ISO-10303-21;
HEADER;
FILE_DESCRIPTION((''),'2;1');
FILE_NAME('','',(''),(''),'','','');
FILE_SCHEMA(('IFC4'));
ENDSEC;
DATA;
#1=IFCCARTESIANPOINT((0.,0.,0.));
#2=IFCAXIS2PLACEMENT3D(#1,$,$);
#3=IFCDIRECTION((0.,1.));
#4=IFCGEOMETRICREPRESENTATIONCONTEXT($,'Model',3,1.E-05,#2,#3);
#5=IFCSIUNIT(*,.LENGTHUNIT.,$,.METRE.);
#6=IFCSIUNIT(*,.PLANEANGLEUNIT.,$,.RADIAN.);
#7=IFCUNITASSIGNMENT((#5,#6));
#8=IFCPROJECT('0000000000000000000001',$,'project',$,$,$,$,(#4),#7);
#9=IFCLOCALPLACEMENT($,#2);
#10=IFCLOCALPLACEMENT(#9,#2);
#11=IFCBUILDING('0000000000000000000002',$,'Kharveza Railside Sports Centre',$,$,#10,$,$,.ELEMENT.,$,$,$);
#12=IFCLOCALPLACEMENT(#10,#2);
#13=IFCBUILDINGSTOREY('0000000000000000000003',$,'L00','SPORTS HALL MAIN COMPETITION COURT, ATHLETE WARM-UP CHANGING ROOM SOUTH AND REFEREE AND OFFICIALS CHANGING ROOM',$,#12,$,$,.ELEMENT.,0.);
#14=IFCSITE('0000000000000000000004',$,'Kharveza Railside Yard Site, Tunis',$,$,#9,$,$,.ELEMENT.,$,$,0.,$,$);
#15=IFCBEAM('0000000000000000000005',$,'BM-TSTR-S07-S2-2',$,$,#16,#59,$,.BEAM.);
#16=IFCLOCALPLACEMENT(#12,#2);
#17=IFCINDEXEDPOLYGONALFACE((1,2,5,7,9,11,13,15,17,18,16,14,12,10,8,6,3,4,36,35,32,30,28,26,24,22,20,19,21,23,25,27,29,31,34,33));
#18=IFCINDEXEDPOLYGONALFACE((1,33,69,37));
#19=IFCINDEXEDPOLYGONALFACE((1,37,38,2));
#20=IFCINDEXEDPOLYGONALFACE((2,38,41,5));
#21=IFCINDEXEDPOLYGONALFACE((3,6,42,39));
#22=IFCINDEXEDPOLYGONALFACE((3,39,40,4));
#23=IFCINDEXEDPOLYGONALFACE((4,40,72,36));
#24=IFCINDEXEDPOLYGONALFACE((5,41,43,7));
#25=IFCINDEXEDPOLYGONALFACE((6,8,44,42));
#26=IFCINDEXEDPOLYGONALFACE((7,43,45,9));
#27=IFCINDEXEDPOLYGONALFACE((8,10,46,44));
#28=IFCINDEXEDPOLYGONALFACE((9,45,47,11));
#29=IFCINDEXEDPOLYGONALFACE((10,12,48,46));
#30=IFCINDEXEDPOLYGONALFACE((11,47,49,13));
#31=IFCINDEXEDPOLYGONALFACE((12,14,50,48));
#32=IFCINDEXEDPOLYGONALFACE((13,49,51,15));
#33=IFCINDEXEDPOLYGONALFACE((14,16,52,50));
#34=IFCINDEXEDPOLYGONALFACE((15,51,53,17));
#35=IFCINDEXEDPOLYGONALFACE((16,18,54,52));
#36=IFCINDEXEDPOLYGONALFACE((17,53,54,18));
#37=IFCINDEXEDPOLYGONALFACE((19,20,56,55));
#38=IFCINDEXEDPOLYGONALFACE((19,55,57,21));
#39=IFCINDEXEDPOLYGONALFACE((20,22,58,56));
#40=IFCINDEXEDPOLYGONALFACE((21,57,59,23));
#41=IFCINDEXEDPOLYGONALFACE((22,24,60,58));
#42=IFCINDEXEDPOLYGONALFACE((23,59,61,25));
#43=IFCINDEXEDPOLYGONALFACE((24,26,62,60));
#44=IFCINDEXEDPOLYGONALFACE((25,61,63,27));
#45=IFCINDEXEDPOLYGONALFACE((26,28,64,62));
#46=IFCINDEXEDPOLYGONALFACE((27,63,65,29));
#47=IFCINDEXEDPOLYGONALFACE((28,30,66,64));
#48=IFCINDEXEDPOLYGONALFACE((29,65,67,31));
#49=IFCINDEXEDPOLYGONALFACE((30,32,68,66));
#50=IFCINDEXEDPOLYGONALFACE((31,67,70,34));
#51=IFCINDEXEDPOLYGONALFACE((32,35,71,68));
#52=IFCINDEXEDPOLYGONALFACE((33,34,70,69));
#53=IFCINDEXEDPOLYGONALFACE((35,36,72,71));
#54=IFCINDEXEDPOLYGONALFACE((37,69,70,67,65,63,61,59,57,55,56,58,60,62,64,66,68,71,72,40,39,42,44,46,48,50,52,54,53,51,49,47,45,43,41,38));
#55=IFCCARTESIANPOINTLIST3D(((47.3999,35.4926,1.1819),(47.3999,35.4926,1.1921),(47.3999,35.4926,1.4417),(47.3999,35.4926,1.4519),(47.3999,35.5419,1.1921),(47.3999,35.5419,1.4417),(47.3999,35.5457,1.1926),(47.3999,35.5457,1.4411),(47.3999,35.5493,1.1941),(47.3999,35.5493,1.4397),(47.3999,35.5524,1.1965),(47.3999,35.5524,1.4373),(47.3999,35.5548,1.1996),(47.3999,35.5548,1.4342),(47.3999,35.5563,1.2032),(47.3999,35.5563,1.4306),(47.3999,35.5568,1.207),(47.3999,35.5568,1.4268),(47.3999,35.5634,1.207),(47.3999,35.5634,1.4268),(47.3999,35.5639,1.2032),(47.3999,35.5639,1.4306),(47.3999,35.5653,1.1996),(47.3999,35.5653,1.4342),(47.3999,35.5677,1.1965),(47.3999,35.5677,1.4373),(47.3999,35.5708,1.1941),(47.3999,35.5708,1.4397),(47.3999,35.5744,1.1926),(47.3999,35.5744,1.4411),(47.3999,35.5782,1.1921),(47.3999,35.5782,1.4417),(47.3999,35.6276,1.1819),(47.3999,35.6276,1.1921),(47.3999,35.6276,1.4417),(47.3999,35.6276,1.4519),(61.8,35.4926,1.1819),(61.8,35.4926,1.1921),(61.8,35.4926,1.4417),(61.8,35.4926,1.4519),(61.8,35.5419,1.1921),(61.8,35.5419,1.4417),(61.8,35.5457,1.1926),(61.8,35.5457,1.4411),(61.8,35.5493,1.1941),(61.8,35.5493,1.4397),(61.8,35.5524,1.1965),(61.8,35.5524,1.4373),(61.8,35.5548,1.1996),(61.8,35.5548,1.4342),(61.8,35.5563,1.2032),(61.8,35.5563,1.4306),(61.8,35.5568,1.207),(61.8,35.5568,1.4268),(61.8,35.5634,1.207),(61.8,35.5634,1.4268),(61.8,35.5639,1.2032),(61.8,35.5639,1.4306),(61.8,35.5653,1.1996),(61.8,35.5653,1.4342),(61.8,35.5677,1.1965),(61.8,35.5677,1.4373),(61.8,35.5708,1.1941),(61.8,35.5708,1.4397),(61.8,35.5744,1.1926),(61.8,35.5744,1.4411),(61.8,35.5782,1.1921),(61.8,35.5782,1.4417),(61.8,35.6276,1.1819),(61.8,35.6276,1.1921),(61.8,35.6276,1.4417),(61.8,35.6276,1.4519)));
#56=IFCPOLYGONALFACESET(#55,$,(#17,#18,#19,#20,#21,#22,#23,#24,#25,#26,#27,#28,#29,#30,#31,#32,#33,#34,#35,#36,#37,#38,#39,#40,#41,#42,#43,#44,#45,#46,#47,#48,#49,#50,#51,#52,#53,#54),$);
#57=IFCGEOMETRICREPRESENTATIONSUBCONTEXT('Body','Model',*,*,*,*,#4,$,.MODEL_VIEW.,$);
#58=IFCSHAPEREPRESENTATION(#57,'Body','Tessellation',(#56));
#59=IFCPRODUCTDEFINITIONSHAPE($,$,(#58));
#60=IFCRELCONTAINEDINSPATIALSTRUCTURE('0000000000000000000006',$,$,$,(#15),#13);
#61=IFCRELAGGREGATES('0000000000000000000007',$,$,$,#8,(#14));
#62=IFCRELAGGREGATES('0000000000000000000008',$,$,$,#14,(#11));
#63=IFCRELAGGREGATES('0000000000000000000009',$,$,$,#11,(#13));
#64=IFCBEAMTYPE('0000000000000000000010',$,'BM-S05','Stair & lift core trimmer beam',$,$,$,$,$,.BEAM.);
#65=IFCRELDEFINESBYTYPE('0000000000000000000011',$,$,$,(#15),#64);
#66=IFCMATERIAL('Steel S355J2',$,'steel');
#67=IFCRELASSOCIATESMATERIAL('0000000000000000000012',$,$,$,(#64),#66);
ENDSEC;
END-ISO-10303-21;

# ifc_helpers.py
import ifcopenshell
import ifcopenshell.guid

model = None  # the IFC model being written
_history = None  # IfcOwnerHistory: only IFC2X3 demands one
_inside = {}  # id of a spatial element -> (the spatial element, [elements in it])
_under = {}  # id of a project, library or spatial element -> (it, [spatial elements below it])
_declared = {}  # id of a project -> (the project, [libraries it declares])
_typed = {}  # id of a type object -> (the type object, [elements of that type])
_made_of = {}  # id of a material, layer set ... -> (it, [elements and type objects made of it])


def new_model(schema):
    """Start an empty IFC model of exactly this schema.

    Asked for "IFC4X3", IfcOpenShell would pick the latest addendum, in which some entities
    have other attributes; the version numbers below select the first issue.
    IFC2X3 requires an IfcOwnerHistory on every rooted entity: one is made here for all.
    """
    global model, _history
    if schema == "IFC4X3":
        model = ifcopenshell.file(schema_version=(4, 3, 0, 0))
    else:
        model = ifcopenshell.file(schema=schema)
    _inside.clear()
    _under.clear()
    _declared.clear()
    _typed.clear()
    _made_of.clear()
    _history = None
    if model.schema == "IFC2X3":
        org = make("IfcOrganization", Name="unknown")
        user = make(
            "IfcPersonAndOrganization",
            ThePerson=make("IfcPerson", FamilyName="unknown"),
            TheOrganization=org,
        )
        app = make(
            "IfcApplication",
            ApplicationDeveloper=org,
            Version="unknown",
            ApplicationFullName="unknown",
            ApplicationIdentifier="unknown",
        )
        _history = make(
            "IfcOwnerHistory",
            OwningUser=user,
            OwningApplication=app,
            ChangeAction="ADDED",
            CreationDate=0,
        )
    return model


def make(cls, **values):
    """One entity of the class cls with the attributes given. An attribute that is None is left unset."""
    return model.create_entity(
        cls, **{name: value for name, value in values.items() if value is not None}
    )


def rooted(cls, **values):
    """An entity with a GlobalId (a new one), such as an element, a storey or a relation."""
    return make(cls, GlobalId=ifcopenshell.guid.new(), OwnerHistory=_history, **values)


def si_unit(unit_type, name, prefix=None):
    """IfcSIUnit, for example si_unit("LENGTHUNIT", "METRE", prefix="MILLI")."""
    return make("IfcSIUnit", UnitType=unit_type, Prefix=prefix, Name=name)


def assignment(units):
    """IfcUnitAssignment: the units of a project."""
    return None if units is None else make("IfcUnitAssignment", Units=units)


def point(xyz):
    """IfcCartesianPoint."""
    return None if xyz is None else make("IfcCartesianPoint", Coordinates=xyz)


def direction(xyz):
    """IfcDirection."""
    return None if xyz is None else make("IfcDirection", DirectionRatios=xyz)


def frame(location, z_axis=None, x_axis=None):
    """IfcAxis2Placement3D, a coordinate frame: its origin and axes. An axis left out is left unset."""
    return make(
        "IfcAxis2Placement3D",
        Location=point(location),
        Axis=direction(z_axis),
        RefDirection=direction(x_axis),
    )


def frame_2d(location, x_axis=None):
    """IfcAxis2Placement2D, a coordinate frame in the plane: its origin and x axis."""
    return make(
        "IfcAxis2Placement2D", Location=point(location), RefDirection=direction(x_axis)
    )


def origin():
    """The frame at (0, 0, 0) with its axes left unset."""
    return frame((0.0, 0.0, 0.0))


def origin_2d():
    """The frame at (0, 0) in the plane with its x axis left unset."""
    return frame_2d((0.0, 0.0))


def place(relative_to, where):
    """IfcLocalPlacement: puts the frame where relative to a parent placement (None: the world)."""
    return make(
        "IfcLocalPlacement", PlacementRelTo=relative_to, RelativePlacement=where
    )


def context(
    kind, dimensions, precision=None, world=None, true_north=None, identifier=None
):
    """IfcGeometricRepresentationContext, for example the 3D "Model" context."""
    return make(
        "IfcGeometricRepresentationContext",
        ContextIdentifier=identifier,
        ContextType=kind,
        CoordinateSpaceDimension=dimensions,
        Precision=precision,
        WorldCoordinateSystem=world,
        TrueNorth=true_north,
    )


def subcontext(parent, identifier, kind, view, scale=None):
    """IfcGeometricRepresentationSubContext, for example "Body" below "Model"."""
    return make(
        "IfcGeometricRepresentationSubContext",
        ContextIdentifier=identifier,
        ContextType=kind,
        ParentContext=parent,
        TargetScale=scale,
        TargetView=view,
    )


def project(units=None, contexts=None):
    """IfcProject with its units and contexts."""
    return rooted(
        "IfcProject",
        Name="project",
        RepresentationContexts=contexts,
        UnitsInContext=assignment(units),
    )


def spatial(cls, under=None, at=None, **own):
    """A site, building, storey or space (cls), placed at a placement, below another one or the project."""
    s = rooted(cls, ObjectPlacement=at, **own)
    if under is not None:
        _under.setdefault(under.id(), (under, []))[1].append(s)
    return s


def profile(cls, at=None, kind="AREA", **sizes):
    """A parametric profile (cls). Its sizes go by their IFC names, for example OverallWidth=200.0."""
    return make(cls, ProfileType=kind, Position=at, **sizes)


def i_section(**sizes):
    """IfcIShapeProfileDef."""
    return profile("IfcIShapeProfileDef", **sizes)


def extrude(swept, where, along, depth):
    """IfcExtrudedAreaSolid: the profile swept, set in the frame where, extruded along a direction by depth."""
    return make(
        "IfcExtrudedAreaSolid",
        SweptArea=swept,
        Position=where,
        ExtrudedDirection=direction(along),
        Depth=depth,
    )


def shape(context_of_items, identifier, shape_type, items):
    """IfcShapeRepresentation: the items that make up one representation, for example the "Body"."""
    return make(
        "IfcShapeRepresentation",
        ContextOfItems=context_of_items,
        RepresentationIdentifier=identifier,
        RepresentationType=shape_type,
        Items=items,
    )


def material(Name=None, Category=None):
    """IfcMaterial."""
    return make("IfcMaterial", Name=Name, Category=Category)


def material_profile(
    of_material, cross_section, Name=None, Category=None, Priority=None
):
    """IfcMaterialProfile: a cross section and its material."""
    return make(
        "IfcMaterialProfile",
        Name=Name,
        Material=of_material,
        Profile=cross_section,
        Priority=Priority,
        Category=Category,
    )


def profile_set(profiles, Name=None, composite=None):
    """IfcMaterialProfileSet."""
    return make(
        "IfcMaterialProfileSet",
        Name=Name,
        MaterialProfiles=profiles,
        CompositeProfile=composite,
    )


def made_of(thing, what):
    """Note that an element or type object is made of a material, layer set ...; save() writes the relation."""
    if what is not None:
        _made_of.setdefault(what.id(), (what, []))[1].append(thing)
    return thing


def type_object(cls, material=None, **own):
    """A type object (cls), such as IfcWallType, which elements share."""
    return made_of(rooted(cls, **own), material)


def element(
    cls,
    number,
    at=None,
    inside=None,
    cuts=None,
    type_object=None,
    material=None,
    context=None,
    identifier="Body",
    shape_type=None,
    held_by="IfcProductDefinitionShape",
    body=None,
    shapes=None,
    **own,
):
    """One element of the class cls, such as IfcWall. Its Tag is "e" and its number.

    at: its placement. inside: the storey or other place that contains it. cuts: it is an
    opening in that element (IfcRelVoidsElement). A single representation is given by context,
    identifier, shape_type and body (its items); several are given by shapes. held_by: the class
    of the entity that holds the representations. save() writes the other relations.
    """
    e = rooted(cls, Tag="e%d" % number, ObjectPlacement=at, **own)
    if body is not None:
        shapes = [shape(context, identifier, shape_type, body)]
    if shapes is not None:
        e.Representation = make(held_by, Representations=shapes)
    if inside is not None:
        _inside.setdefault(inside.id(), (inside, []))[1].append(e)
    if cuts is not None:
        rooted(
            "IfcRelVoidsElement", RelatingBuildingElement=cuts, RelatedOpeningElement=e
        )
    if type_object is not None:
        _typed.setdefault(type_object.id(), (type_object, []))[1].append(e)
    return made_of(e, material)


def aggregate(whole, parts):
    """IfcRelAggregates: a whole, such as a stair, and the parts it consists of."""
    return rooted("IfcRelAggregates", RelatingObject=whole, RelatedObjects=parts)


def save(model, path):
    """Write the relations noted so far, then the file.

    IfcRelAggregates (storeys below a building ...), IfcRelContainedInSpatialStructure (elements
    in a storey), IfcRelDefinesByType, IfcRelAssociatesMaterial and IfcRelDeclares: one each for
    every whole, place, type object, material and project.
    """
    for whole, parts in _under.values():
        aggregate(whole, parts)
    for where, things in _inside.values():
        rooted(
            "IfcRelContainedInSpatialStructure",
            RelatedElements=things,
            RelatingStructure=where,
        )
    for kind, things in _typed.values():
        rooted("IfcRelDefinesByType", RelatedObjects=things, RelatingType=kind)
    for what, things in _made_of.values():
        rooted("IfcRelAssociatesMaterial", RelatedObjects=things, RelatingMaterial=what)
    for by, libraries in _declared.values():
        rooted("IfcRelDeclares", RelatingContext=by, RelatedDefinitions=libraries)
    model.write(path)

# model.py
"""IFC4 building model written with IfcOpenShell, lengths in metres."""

from ifc_helpers import new_model, si_unit, direction, frame, origin, origin_2d, place, context, subcontext, project, spatial, i_section, extrude, material, material_profile, profile_set, type_object, element, save


model = new_model("IFC4")

# Units and contexts
model_context = context("Model", 3, precision=1e-05, world=origin(), true_north=direction((0.0, 1.0)))
body_context = subcontext(model_context, "Body", "Model", "MODEL_VIEW")
ifc_project = project(units=[si_unit("LENGTHUNIT", "METRE"), si_unit("PLANEANGLEUNIT", "RADIAN")], contexts=[model_context])

# Site, building, storey
site_placement = place(None, origin())
site = spatial("IfcSite", under=ifc_project, at=site_placement, Name="Kharveza Railside Yard Site, Tunis", CompositionType="ELEMENT", RefElevation=0.0)
building_placement = place(site_placement, origin())
building = spatial("IfcBuilding", under=site, at=building_placement, Name="Kharveza Railside Sports Centre", CompositionType="ELEMENT")
storey_placement = place(building_placement, origin())
storey = spatial("IfcBuildingStorey", under=building, at=storey_placement, Name="L00", Description="SPORTS HALL MAIN COMPETITION COURT, ATHLETE WARM-UP CHANGING ROOM SOUTH AND REFEREE AND OFFICIALS CHANGING ROOM", CompositionType="ELEMENT", Elevation=0.0)

# Shared definitions
ifc_material_1 = material(Name="Steel S355J2", Category="steel")

# Beam
ifc_material_profile_1 = material_profile(ifc_material_1, i_section(OverallWidth=0.135, OverallDepth=0.27, WebThickness=0.0066, FlangeThickness=0.0103, FilletRadius=0.0149, at=origin_2d()), Name="IPE 270")
ifc_profile_set_1 = profile_set([ifc_material_profile_1], Name="Steel S355J2")
beam_type = type_object("IfcBeamType", Name="BM-S05", Description="Stair & lift core trimmer beam", PredefinedType="BEAM", material=ifc_profile_set_1)
for number, where, z_axis, x_axis, name in (
    (1, (47.3999, 35.5601, 1.3169), (1.0, 0.0, 0.0), (0.0, 1.0, 0.0), "BM-TSTR-S07-S2-2"),
):
    element("IfcBeam", number, at=place(storey_placement, frame(where, z_axis=z_axis, x_axis=x_axis)), inside=storey, type_object=beam_type, Name=name, PredefinedType="BEAM", context=body_context, shape_type="SweptSolid", body=[
        extrude(i_section(OverallWidth=0.135, OverallDepth=0.27, WebThickness=0.0066, FlangeThickness=0.0103, FilletRadius=0.0149, at=origin_2d()), origin(), (0.0, 0.0, 1.0), 14.4001),
    ])

save(model, "model.ifc")
